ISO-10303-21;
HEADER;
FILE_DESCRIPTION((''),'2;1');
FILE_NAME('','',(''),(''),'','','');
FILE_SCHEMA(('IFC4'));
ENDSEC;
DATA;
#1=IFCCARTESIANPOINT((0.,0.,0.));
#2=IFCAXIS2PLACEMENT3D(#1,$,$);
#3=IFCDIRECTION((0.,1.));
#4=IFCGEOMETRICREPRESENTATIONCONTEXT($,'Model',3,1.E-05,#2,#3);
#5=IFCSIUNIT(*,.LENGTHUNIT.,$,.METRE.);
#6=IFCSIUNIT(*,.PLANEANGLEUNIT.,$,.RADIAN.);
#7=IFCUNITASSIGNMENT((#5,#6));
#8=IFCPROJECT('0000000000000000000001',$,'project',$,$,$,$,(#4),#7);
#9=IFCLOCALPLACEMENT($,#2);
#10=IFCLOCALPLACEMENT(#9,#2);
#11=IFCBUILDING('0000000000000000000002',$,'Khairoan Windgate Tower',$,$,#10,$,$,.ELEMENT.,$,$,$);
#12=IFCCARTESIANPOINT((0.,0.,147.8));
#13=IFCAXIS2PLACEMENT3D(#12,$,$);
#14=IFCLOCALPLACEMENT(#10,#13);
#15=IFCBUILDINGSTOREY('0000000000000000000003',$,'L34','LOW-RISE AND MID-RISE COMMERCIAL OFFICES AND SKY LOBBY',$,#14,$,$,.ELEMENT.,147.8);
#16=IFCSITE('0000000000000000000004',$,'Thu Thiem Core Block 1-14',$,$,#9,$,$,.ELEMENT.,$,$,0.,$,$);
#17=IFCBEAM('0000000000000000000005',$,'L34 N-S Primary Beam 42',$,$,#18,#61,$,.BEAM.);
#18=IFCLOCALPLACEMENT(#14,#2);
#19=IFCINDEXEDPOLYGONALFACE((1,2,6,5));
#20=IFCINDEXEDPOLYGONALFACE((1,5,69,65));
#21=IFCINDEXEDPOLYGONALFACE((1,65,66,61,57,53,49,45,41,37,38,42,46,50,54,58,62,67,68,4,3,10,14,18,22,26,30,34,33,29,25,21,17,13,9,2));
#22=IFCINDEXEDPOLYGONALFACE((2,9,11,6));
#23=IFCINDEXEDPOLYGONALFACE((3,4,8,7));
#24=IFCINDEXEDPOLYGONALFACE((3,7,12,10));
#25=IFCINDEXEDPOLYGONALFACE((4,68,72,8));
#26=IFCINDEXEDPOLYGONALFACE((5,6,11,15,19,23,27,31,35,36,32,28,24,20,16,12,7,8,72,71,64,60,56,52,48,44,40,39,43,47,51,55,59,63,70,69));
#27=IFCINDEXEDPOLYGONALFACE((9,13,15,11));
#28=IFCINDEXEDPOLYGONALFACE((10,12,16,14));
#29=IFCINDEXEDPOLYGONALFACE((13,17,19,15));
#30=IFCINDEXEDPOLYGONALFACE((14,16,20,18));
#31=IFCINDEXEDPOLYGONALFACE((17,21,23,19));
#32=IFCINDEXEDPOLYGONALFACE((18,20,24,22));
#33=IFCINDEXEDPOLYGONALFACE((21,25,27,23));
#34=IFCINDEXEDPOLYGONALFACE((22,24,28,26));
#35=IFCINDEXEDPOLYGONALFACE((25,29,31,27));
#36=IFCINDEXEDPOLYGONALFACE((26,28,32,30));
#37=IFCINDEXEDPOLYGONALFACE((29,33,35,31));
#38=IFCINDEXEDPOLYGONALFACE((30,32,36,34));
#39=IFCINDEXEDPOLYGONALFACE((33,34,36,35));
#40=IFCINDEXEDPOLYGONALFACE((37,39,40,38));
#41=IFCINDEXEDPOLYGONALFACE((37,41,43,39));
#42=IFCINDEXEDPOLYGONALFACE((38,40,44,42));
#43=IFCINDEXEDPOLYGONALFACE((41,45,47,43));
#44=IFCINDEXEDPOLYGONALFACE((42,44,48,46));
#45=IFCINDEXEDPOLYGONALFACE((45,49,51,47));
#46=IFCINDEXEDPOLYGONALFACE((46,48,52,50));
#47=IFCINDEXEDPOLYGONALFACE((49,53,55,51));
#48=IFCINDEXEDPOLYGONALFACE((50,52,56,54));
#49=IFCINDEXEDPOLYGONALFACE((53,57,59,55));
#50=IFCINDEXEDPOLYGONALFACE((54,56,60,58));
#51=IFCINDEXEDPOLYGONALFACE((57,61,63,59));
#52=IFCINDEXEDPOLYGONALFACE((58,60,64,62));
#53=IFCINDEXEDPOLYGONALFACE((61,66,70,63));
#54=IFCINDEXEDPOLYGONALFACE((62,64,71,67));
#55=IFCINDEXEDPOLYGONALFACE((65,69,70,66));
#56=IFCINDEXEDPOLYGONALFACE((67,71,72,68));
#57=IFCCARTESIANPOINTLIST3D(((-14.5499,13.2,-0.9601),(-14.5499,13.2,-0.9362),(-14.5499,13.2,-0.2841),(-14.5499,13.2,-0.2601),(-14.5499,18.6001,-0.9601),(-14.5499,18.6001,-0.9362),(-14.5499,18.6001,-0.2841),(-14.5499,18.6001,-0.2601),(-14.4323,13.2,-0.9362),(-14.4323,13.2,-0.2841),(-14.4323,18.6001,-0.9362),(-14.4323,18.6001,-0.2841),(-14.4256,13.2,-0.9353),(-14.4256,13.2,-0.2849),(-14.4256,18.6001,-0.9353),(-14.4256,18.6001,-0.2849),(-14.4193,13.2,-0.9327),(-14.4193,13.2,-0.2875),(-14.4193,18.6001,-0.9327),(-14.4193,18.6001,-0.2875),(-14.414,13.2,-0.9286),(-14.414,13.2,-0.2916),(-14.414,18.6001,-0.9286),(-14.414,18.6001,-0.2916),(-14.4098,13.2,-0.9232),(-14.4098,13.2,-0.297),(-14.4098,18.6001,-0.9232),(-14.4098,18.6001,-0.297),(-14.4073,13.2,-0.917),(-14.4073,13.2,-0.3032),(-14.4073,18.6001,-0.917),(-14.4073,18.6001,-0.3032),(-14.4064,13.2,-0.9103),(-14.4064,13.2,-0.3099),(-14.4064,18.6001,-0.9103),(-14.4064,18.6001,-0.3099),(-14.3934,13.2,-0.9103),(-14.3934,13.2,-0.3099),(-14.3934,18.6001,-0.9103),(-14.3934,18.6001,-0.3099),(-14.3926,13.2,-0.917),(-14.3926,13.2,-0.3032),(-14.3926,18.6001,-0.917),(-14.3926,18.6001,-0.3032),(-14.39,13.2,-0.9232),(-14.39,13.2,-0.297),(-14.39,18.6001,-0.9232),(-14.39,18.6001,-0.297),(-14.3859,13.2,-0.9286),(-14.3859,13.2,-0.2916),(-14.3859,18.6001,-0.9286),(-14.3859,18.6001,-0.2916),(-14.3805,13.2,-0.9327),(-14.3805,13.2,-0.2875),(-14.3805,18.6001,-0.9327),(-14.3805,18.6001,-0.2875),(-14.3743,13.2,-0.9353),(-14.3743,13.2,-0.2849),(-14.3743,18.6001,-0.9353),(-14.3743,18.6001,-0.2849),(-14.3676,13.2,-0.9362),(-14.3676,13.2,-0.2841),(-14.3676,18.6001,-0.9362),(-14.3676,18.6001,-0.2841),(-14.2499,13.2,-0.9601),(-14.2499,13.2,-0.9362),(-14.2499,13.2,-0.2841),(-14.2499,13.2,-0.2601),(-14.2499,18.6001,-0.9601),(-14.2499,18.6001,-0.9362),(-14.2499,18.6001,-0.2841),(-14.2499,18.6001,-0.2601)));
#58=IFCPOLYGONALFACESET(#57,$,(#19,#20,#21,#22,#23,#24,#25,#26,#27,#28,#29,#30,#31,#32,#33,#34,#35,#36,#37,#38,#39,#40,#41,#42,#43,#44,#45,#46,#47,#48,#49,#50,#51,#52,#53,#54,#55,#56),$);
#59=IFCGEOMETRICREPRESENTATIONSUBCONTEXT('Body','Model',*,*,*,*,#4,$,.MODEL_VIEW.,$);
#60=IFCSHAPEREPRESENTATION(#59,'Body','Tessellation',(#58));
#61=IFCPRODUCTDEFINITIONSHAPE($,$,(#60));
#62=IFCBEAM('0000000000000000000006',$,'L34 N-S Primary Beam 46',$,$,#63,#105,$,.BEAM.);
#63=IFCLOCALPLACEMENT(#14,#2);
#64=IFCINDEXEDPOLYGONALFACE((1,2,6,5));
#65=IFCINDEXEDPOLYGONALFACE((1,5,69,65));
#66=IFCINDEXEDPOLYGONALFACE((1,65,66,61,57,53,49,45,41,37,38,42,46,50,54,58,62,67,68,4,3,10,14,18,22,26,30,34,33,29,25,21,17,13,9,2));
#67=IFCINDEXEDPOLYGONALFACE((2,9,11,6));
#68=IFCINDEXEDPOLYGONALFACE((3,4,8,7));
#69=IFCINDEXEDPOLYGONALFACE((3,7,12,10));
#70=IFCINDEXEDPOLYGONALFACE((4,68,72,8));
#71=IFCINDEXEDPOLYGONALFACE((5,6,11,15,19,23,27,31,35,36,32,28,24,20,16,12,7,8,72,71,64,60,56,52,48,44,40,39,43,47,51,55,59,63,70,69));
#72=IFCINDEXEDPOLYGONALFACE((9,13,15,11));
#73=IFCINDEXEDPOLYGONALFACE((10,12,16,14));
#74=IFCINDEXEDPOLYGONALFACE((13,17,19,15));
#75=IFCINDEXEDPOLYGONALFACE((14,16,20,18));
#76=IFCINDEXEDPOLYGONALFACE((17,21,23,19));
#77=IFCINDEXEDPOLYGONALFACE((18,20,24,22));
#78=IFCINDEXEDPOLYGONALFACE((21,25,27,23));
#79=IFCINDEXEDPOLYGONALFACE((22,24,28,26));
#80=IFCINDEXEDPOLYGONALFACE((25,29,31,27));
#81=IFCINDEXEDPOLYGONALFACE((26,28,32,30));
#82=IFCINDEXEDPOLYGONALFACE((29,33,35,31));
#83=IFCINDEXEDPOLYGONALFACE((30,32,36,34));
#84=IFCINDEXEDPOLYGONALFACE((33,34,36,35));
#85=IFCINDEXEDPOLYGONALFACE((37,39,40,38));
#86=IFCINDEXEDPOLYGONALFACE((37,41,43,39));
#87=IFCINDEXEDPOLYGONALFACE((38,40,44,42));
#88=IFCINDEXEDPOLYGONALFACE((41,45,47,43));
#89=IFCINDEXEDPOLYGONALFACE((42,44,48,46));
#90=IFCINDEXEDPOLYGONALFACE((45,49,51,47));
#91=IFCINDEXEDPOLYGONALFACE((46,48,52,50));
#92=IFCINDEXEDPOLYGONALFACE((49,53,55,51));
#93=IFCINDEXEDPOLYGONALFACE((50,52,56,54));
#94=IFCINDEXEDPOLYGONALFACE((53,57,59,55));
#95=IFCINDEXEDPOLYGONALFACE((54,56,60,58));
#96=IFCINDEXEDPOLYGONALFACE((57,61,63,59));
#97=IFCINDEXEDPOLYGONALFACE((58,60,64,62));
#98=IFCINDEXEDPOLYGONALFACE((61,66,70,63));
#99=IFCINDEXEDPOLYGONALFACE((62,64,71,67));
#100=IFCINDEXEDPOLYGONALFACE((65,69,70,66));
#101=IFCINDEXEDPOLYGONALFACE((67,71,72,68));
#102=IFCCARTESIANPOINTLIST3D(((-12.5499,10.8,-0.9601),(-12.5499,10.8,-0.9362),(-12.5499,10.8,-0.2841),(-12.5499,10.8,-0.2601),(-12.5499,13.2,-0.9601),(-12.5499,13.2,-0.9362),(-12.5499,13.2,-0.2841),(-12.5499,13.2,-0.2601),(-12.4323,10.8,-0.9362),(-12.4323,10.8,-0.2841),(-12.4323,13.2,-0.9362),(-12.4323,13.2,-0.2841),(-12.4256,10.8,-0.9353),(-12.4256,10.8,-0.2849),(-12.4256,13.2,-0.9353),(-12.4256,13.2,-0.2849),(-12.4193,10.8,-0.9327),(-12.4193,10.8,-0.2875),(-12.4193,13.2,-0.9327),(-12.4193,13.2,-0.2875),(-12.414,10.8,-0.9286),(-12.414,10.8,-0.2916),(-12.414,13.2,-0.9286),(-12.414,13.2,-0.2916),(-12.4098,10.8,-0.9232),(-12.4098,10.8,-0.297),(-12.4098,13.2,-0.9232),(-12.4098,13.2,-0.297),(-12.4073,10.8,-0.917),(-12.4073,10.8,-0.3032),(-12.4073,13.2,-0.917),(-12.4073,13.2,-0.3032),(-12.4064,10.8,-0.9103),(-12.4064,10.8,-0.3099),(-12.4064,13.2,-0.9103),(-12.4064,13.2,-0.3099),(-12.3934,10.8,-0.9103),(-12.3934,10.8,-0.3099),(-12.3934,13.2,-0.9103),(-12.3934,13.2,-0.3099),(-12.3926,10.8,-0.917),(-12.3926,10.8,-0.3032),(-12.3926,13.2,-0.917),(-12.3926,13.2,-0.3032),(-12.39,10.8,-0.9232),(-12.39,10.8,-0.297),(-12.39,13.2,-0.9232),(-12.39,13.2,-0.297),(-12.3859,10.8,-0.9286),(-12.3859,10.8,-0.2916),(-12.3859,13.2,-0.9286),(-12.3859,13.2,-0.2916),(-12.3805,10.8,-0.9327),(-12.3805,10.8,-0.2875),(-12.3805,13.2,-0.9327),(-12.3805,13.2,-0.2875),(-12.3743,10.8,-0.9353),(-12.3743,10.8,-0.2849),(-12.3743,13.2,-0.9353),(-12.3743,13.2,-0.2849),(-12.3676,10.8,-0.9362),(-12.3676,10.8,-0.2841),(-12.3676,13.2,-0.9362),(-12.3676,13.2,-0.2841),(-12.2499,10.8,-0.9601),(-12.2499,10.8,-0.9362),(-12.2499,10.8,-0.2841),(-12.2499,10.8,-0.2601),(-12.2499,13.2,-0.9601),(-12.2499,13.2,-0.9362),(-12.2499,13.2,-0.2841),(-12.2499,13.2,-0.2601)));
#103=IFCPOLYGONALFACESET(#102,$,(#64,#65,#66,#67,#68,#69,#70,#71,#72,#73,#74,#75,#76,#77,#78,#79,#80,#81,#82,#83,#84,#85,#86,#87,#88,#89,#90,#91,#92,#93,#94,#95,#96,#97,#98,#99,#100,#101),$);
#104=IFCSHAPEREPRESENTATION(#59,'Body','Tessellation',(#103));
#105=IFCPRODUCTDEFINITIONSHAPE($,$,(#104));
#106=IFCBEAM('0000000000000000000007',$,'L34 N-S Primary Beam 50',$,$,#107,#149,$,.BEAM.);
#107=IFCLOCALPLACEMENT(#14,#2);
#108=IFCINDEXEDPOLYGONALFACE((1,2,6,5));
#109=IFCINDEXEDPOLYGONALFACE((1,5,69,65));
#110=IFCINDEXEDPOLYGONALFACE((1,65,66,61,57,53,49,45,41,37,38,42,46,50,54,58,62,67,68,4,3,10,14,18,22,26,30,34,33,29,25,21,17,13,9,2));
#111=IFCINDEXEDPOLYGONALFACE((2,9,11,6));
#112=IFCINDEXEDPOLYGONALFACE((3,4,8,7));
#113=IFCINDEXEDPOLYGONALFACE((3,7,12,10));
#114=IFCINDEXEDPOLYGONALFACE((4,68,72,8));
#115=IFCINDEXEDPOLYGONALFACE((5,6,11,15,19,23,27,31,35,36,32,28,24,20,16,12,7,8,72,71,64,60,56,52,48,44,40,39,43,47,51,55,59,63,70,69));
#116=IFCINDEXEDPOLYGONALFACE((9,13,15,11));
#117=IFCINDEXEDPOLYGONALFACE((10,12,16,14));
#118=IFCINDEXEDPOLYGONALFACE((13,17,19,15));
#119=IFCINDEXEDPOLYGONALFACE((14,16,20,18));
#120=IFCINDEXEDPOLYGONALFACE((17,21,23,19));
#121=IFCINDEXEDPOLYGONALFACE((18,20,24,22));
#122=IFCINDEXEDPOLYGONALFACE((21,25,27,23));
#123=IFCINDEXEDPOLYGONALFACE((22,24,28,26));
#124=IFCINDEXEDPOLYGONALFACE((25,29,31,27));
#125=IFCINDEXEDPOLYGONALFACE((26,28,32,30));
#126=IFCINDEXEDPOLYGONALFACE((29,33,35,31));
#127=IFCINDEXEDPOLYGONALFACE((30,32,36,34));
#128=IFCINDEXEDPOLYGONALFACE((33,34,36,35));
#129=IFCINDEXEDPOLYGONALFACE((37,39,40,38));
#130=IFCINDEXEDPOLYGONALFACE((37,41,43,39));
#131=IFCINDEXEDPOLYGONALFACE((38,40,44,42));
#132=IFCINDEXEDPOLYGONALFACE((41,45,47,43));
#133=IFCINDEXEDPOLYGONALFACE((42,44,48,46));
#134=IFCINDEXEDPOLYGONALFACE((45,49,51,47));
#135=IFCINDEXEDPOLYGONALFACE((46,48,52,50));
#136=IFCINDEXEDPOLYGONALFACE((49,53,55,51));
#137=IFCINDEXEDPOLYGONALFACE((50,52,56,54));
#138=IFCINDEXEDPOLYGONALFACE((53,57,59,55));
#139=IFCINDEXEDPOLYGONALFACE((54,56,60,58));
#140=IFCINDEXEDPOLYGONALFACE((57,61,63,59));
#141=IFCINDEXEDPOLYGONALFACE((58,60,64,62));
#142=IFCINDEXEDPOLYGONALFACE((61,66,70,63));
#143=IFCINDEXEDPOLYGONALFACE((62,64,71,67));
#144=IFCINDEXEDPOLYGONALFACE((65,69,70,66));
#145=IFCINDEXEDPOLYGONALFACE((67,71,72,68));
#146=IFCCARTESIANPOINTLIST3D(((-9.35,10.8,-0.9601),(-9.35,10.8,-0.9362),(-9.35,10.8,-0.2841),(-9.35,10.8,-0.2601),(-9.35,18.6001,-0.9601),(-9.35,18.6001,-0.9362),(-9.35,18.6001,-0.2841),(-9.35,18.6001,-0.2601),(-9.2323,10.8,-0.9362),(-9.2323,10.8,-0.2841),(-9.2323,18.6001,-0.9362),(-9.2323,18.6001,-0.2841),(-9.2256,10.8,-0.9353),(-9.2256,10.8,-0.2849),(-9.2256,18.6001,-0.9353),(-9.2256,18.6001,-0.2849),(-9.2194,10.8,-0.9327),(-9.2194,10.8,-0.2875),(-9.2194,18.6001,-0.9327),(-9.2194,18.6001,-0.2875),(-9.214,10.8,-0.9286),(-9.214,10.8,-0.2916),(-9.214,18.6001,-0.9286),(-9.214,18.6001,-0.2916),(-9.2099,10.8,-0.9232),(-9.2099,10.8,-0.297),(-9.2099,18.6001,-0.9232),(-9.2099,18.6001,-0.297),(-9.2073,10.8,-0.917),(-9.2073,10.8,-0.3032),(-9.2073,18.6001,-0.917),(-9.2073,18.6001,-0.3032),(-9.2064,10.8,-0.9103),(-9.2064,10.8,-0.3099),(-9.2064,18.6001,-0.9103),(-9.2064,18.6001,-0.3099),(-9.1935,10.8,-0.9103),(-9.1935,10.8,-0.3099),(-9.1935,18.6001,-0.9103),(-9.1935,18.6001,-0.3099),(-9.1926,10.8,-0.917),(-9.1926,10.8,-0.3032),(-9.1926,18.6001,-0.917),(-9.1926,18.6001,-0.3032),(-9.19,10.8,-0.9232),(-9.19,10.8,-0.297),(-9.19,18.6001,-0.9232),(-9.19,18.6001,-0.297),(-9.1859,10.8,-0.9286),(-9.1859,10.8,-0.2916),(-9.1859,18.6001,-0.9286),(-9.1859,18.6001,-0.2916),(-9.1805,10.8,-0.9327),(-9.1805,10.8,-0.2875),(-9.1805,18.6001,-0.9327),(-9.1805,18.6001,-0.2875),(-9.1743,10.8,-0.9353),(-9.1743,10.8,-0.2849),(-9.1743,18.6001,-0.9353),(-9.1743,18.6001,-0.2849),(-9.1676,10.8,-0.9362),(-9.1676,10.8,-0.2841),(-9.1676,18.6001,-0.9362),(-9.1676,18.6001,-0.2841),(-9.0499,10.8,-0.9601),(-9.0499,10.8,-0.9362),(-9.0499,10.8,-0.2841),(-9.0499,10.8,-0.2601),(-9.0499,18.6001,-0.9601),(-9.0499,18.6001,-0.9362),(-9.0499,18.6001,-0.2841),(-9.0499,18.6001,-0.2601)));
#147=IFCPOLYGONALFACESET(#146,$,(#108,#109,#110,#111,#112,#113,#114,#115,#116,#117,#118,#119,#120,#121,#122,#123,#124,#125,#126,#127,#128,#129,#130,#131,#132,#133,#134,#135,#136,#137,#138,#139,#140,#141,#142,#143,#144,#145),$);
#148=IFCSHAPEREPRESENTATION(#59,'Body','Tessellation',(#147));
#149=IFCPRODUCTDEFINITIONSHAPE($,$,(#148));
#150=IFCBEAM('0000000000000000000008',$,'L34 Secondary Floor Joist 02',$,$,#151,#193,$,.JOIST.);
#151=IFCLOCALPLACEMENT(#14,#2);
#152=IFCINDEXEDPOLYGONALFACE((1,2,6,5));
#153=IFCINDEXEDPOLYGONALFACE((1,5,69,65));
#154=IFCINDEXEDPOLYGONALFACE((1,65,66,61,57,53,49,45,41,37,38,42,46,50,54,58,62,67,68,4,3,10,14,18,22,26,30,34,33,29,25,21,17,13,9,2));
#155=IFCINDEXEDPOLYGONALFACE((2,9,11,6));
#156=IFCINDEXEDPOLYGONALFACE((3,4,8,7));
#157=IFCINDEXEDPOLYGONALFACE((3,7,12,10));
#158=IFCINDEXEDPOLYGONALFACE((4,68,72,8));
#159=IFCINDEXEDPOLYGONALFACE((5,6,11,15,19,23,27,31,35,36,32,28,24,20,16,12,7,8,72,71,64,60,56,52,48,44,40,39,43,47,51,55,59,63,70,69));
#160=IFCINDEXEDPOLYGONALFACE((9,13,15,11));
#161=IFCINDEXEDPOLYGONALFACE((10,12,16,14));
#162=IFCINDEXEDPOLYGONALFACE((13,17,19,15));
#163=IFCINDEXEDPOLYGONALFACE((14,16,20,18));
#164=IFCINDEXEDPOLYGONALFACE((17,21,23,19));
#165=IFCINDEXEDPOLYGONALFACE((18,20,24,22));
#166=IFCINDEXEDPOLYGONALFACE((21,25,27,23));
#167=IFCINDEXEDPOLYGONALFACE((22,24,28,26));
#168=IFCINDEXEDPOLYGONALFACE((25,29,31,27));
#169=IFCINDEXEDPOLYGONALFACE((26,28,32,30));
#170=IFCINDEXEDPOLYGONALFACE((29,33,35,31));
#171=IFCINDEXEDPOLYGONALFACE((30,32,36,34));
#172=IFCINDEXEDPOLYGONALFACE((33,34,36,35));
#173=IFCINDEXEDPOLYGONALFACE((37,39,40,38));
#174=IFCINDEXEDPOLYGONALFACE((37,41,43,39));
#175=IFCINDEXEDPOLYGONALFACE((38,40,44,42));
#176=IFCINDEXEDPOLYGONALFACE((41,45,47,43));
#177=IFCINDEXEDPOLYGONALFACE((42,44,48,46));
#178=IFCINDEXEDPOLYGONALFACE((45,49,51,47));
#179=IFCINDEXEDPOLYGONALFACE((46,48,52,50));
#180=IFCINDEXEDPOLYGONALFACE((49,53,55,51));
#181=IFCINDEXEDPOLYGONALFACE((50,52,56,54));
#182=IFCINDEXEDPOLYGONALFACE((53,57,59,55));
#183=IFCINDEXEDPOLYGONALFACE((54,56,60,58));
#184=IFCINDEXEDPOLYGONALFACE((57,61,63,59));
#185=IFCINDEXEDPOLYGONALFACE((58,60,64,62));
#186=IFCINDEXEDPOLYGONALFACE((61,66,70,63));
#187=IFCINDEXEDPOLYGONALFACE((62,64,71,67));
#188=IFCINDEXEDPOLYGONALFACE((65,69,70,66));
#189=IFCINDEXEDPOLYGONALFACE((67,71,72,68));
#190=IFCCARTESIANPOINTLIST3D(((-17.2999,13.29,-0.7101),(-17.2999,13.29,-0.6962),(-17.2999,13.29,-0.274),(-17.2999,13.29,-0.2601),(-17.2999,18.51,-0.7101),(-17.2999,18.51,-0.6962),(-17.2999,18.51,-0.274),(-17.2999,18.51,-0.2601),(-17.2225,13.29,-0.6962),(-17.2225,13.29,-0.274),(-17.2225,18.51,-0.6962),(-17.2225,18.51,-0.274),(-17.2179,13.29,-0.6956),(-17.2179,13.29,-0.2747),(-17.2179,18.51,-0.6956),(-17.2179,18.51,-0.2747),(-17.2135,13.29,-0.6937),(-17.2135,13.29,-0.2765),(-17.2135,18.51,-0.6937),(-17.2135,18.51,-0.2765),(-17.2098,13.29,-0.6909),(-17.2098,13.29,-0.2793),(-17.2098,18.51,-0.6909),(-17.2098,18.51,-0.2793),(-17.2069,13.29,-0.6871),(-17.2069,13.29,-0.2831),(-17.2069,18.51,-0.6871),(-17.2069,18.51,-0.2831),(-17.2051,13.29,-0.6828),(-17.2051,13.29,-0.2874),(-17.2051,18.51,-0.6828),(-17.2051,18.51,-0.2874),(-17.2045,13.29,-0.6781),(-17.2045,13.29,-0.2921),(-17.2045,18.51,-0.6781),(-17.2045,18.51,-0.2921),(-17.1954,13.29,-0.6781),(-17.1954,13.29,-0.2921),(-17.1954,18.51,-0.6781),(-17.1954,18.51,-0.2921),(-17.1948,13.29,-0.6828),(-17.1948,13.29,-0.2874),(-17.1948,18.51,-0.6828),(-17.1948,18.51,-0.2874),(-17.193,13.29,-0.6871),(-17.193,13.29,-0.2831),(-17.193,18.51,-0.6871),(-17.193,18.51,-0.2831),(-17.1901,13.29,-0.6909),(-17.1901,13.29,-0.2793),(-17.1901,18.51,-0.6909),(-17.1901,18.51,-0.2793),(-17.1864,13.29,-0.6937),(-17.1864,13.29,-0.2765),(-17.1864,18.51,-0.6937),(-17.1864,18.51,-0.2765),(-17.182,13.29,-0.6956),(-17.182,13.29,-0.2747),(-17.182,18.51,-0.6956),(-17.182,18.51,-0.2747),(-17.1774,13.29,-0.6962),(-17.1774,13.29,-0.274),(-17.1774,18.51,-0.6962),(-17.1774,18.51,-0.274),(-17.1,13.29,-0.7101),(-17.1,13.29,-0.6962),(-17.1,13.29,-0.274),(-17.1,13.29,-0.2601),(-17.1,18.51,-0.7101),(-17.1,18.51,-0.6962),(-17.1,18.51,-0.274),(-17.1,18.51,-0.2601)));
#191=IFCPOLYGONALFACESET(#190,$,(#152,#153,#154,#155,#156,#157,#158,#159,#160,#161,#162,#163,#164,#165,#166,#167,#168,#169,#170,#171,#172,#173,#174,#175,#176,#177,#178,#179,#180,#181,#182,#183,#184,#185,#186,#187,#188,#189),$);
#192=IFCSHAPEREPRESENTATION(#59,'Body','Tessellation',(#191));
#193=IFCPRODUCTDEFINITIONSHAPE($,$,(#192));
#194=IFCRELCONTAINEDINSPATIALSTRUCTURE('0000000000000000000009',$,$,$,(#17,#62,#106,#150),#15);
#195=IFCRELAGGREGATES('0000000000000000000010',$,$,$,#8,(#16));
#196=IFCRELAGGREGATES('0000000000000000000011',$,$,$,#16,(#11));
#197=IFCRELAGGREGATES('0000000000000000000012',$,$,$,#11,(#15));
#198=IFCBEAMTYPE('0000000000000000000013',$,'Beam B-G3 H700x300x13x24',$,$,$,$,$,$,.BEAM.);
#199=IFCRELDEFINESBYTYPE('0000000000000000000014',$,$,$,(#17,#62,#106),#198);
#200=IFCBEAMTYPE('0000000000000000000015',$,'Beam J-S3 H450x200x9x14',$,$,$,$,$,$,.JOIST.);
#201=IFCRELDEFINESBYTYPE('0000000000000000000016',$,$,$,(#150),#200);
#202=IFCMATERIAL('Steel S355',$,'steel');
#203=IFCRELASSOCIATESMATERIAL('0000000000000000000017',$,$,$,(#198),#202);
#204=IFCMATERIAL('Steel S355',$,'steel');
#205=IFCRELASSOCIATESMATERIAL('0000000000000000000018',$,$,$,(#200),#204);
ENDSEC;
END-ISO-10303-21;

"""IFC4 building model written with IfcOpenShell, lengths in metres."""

from ifc_helpers import new_model, si_unit, direction, frame, origin, origin_2d, place, context, subcontext, project, spatial, i_section, extrude, material, material_profile, profile_set, type_object, element, save


model = new_model("IFC4")

# Units and contexts
model_context = context("Model", 3, precision=1e-05, world=origin(), true_north=direction((0.0, 1.0)))
body_context = subcontext(model_context, "Body", "Model", "MODEL_VIEW")
ifc_project = project(units=[si_unit("LENGTHUNIT", "METRE"), si_unit("PLANEANGLEUNIT", "RADIAN")], contexts=[model_context])

# Site, building, storey
site_placement = place(None, origin())
site = spatial("IfcSite", under=ifc_project, at=site_placement, Name="Thu Thiem Core Block 1-14", CompositionType="ELEMENT", RefElevation=0.0)
building_placement = place(site_placement, origin())
building = spatial("IfcBuilding", under=site, at=building_placement, Name="Khairoan Windgate Tower", CompositionType="ELEMENT")
storey_placement = place(building_placement, frame((0.0, 0.0, 147.8)))
storey = spatial("IfcBuildingStorey", under=building, at=storey_placement, Name="L34", Description="LOW-RISE AND MID-RISE COMMERCIAL OFFICES AND SKY LOBBY", CompositionType="ELEMENT", Elevation=147.8)

# Beams
ifc_material_1 = material(Name="Steel S355", Category="steel")
ifc_material_profile_1 = material_profile(ifc_material_1, i_section(OverallWidth=0.3, OverallDepth=0.7, WebThickness=0.0129, FlangeThickness=0.0239, FilletRadius=0.0259, at=origin_2d()))
ifc_profile_set_1 = profile_set([ifc_material_profile_1], Name="Steel S355")
beam_type_1 = type_object("IfcBeamType", Name="Beam B-G3 H700x300x13x24", PredefinedType="BEAM", material=ifc_profile_set_1)
beam_1_placement = place(storey_placement, frame((-14.3999, 13.2, -0.6101), z_axis=(0.0, 1.0, 0.0), x_axis=(-1.0, 0.0, 0.0)))
element("IfcBeam", 1, at=beam_1_placement, inside=storey, type_object=beam_type_1, Name="L34 N-S Primary Beam 42", PredefinedType="BEAM", context=body_context, shape_type="SweptSolid", body=[
    extrude(i_section(OverallWidth=0.3, OverallDepth=0.7, WebThickness=0.0129, FlangeThickness=0.0239, FilletRadius=0.0259, at=origin_2d()), origin(), (0.0, 0.0, 1.0), 5.4001),
])
beam_2_placement = place(storey_placement, frame((-12.3999, 10.8, -0.6101), z_axis=(0.0, 1.0, 0.0), x_axis=(-1.0, 0.0, 0.0)))
element("IfcBeam", 2, at=beam_2_placement, inside=storey, type_object=beam_type_1, Name="L34 N-S Primary Beam 46", PredefinedType="BEAM", context=body_context, shape_type="SweptSolid", body=[
    extrude(i_section(OverallWidth=0.3, OverallDepth=0.7, WebThickness=0.0129, FlangeThickness=0.0239, FilletRadius=0.0259, at=origin_2d()), origin(), (0.0, 0.0, 1.0), 2.3999),
])
beam_3_placement = place(storey_placement, frame((-9.2, 10.8, -0.6101), z_axis=(0.0, 1.0, 0.0), x_axis=(-1.0, 0.0, 0.0)))
element("IfcBeam", 3, at=beam_3_placement, inside=storey, type_object=beam_type_1, Name="L34 N-S Primary Beam 50", PredefinedType="BEAM", context=body_context, shape_type="SweptSolid", body=[
    extrude(i_section(OverallWidth=0.3, OverallDepth=0.7, WebThickness=0.0129, FlangeThickness=0.0239, FilletRadius=0.0259, at=origin_2d()), origin(), (0.0, 0.0, 1.0), 7.8),
])
ifc_material_2 = material(Name="Steel S355", Category="steel")
ifc_material_profile_2 = material_profile(ifc_material_2, i_section(OverallWidth=0.2, OverallDepth=0.45, WebThickness=0.009, FlangeThickness=0.0139, FilletRadius=0.0181, at=origin_2d()))
ifc_profile_set_2 = profile_set([ifc_material_profile_2], Name="Steel S355")
beam_type_2 = type_object("IfcBeamType", Name="Beam J-S3 H450x200x9x14", PredefinedType="JOIST", material=ifc_profile_set_2)
beam_4_placement = place(storey_placement, frame((-17.2, 13.29, -0.4851), z_axis=(0.0, 1.0, 0.0), x_axis=(-1.0, 0.0, 0.0)))
element("IfcBeam", 4, at=beam_4_placement, inside=storey, type_object=beam_type_2, Name="L34 Secondary Floor Joist 02", PredefinedType="JOIST", context=body_context, shape_type="SweptSolid", body=[
    extrude(i_section(OverallWidth=0.2, OverallDepth=0.45, WebThickness=0.009, FlangeThickness=0.0139, FilletRadius=0.0181, at=origin_2d()), origin(), (0.0, 0.0, 1.0), 5.22),
])

save(model, "model.ifc")
